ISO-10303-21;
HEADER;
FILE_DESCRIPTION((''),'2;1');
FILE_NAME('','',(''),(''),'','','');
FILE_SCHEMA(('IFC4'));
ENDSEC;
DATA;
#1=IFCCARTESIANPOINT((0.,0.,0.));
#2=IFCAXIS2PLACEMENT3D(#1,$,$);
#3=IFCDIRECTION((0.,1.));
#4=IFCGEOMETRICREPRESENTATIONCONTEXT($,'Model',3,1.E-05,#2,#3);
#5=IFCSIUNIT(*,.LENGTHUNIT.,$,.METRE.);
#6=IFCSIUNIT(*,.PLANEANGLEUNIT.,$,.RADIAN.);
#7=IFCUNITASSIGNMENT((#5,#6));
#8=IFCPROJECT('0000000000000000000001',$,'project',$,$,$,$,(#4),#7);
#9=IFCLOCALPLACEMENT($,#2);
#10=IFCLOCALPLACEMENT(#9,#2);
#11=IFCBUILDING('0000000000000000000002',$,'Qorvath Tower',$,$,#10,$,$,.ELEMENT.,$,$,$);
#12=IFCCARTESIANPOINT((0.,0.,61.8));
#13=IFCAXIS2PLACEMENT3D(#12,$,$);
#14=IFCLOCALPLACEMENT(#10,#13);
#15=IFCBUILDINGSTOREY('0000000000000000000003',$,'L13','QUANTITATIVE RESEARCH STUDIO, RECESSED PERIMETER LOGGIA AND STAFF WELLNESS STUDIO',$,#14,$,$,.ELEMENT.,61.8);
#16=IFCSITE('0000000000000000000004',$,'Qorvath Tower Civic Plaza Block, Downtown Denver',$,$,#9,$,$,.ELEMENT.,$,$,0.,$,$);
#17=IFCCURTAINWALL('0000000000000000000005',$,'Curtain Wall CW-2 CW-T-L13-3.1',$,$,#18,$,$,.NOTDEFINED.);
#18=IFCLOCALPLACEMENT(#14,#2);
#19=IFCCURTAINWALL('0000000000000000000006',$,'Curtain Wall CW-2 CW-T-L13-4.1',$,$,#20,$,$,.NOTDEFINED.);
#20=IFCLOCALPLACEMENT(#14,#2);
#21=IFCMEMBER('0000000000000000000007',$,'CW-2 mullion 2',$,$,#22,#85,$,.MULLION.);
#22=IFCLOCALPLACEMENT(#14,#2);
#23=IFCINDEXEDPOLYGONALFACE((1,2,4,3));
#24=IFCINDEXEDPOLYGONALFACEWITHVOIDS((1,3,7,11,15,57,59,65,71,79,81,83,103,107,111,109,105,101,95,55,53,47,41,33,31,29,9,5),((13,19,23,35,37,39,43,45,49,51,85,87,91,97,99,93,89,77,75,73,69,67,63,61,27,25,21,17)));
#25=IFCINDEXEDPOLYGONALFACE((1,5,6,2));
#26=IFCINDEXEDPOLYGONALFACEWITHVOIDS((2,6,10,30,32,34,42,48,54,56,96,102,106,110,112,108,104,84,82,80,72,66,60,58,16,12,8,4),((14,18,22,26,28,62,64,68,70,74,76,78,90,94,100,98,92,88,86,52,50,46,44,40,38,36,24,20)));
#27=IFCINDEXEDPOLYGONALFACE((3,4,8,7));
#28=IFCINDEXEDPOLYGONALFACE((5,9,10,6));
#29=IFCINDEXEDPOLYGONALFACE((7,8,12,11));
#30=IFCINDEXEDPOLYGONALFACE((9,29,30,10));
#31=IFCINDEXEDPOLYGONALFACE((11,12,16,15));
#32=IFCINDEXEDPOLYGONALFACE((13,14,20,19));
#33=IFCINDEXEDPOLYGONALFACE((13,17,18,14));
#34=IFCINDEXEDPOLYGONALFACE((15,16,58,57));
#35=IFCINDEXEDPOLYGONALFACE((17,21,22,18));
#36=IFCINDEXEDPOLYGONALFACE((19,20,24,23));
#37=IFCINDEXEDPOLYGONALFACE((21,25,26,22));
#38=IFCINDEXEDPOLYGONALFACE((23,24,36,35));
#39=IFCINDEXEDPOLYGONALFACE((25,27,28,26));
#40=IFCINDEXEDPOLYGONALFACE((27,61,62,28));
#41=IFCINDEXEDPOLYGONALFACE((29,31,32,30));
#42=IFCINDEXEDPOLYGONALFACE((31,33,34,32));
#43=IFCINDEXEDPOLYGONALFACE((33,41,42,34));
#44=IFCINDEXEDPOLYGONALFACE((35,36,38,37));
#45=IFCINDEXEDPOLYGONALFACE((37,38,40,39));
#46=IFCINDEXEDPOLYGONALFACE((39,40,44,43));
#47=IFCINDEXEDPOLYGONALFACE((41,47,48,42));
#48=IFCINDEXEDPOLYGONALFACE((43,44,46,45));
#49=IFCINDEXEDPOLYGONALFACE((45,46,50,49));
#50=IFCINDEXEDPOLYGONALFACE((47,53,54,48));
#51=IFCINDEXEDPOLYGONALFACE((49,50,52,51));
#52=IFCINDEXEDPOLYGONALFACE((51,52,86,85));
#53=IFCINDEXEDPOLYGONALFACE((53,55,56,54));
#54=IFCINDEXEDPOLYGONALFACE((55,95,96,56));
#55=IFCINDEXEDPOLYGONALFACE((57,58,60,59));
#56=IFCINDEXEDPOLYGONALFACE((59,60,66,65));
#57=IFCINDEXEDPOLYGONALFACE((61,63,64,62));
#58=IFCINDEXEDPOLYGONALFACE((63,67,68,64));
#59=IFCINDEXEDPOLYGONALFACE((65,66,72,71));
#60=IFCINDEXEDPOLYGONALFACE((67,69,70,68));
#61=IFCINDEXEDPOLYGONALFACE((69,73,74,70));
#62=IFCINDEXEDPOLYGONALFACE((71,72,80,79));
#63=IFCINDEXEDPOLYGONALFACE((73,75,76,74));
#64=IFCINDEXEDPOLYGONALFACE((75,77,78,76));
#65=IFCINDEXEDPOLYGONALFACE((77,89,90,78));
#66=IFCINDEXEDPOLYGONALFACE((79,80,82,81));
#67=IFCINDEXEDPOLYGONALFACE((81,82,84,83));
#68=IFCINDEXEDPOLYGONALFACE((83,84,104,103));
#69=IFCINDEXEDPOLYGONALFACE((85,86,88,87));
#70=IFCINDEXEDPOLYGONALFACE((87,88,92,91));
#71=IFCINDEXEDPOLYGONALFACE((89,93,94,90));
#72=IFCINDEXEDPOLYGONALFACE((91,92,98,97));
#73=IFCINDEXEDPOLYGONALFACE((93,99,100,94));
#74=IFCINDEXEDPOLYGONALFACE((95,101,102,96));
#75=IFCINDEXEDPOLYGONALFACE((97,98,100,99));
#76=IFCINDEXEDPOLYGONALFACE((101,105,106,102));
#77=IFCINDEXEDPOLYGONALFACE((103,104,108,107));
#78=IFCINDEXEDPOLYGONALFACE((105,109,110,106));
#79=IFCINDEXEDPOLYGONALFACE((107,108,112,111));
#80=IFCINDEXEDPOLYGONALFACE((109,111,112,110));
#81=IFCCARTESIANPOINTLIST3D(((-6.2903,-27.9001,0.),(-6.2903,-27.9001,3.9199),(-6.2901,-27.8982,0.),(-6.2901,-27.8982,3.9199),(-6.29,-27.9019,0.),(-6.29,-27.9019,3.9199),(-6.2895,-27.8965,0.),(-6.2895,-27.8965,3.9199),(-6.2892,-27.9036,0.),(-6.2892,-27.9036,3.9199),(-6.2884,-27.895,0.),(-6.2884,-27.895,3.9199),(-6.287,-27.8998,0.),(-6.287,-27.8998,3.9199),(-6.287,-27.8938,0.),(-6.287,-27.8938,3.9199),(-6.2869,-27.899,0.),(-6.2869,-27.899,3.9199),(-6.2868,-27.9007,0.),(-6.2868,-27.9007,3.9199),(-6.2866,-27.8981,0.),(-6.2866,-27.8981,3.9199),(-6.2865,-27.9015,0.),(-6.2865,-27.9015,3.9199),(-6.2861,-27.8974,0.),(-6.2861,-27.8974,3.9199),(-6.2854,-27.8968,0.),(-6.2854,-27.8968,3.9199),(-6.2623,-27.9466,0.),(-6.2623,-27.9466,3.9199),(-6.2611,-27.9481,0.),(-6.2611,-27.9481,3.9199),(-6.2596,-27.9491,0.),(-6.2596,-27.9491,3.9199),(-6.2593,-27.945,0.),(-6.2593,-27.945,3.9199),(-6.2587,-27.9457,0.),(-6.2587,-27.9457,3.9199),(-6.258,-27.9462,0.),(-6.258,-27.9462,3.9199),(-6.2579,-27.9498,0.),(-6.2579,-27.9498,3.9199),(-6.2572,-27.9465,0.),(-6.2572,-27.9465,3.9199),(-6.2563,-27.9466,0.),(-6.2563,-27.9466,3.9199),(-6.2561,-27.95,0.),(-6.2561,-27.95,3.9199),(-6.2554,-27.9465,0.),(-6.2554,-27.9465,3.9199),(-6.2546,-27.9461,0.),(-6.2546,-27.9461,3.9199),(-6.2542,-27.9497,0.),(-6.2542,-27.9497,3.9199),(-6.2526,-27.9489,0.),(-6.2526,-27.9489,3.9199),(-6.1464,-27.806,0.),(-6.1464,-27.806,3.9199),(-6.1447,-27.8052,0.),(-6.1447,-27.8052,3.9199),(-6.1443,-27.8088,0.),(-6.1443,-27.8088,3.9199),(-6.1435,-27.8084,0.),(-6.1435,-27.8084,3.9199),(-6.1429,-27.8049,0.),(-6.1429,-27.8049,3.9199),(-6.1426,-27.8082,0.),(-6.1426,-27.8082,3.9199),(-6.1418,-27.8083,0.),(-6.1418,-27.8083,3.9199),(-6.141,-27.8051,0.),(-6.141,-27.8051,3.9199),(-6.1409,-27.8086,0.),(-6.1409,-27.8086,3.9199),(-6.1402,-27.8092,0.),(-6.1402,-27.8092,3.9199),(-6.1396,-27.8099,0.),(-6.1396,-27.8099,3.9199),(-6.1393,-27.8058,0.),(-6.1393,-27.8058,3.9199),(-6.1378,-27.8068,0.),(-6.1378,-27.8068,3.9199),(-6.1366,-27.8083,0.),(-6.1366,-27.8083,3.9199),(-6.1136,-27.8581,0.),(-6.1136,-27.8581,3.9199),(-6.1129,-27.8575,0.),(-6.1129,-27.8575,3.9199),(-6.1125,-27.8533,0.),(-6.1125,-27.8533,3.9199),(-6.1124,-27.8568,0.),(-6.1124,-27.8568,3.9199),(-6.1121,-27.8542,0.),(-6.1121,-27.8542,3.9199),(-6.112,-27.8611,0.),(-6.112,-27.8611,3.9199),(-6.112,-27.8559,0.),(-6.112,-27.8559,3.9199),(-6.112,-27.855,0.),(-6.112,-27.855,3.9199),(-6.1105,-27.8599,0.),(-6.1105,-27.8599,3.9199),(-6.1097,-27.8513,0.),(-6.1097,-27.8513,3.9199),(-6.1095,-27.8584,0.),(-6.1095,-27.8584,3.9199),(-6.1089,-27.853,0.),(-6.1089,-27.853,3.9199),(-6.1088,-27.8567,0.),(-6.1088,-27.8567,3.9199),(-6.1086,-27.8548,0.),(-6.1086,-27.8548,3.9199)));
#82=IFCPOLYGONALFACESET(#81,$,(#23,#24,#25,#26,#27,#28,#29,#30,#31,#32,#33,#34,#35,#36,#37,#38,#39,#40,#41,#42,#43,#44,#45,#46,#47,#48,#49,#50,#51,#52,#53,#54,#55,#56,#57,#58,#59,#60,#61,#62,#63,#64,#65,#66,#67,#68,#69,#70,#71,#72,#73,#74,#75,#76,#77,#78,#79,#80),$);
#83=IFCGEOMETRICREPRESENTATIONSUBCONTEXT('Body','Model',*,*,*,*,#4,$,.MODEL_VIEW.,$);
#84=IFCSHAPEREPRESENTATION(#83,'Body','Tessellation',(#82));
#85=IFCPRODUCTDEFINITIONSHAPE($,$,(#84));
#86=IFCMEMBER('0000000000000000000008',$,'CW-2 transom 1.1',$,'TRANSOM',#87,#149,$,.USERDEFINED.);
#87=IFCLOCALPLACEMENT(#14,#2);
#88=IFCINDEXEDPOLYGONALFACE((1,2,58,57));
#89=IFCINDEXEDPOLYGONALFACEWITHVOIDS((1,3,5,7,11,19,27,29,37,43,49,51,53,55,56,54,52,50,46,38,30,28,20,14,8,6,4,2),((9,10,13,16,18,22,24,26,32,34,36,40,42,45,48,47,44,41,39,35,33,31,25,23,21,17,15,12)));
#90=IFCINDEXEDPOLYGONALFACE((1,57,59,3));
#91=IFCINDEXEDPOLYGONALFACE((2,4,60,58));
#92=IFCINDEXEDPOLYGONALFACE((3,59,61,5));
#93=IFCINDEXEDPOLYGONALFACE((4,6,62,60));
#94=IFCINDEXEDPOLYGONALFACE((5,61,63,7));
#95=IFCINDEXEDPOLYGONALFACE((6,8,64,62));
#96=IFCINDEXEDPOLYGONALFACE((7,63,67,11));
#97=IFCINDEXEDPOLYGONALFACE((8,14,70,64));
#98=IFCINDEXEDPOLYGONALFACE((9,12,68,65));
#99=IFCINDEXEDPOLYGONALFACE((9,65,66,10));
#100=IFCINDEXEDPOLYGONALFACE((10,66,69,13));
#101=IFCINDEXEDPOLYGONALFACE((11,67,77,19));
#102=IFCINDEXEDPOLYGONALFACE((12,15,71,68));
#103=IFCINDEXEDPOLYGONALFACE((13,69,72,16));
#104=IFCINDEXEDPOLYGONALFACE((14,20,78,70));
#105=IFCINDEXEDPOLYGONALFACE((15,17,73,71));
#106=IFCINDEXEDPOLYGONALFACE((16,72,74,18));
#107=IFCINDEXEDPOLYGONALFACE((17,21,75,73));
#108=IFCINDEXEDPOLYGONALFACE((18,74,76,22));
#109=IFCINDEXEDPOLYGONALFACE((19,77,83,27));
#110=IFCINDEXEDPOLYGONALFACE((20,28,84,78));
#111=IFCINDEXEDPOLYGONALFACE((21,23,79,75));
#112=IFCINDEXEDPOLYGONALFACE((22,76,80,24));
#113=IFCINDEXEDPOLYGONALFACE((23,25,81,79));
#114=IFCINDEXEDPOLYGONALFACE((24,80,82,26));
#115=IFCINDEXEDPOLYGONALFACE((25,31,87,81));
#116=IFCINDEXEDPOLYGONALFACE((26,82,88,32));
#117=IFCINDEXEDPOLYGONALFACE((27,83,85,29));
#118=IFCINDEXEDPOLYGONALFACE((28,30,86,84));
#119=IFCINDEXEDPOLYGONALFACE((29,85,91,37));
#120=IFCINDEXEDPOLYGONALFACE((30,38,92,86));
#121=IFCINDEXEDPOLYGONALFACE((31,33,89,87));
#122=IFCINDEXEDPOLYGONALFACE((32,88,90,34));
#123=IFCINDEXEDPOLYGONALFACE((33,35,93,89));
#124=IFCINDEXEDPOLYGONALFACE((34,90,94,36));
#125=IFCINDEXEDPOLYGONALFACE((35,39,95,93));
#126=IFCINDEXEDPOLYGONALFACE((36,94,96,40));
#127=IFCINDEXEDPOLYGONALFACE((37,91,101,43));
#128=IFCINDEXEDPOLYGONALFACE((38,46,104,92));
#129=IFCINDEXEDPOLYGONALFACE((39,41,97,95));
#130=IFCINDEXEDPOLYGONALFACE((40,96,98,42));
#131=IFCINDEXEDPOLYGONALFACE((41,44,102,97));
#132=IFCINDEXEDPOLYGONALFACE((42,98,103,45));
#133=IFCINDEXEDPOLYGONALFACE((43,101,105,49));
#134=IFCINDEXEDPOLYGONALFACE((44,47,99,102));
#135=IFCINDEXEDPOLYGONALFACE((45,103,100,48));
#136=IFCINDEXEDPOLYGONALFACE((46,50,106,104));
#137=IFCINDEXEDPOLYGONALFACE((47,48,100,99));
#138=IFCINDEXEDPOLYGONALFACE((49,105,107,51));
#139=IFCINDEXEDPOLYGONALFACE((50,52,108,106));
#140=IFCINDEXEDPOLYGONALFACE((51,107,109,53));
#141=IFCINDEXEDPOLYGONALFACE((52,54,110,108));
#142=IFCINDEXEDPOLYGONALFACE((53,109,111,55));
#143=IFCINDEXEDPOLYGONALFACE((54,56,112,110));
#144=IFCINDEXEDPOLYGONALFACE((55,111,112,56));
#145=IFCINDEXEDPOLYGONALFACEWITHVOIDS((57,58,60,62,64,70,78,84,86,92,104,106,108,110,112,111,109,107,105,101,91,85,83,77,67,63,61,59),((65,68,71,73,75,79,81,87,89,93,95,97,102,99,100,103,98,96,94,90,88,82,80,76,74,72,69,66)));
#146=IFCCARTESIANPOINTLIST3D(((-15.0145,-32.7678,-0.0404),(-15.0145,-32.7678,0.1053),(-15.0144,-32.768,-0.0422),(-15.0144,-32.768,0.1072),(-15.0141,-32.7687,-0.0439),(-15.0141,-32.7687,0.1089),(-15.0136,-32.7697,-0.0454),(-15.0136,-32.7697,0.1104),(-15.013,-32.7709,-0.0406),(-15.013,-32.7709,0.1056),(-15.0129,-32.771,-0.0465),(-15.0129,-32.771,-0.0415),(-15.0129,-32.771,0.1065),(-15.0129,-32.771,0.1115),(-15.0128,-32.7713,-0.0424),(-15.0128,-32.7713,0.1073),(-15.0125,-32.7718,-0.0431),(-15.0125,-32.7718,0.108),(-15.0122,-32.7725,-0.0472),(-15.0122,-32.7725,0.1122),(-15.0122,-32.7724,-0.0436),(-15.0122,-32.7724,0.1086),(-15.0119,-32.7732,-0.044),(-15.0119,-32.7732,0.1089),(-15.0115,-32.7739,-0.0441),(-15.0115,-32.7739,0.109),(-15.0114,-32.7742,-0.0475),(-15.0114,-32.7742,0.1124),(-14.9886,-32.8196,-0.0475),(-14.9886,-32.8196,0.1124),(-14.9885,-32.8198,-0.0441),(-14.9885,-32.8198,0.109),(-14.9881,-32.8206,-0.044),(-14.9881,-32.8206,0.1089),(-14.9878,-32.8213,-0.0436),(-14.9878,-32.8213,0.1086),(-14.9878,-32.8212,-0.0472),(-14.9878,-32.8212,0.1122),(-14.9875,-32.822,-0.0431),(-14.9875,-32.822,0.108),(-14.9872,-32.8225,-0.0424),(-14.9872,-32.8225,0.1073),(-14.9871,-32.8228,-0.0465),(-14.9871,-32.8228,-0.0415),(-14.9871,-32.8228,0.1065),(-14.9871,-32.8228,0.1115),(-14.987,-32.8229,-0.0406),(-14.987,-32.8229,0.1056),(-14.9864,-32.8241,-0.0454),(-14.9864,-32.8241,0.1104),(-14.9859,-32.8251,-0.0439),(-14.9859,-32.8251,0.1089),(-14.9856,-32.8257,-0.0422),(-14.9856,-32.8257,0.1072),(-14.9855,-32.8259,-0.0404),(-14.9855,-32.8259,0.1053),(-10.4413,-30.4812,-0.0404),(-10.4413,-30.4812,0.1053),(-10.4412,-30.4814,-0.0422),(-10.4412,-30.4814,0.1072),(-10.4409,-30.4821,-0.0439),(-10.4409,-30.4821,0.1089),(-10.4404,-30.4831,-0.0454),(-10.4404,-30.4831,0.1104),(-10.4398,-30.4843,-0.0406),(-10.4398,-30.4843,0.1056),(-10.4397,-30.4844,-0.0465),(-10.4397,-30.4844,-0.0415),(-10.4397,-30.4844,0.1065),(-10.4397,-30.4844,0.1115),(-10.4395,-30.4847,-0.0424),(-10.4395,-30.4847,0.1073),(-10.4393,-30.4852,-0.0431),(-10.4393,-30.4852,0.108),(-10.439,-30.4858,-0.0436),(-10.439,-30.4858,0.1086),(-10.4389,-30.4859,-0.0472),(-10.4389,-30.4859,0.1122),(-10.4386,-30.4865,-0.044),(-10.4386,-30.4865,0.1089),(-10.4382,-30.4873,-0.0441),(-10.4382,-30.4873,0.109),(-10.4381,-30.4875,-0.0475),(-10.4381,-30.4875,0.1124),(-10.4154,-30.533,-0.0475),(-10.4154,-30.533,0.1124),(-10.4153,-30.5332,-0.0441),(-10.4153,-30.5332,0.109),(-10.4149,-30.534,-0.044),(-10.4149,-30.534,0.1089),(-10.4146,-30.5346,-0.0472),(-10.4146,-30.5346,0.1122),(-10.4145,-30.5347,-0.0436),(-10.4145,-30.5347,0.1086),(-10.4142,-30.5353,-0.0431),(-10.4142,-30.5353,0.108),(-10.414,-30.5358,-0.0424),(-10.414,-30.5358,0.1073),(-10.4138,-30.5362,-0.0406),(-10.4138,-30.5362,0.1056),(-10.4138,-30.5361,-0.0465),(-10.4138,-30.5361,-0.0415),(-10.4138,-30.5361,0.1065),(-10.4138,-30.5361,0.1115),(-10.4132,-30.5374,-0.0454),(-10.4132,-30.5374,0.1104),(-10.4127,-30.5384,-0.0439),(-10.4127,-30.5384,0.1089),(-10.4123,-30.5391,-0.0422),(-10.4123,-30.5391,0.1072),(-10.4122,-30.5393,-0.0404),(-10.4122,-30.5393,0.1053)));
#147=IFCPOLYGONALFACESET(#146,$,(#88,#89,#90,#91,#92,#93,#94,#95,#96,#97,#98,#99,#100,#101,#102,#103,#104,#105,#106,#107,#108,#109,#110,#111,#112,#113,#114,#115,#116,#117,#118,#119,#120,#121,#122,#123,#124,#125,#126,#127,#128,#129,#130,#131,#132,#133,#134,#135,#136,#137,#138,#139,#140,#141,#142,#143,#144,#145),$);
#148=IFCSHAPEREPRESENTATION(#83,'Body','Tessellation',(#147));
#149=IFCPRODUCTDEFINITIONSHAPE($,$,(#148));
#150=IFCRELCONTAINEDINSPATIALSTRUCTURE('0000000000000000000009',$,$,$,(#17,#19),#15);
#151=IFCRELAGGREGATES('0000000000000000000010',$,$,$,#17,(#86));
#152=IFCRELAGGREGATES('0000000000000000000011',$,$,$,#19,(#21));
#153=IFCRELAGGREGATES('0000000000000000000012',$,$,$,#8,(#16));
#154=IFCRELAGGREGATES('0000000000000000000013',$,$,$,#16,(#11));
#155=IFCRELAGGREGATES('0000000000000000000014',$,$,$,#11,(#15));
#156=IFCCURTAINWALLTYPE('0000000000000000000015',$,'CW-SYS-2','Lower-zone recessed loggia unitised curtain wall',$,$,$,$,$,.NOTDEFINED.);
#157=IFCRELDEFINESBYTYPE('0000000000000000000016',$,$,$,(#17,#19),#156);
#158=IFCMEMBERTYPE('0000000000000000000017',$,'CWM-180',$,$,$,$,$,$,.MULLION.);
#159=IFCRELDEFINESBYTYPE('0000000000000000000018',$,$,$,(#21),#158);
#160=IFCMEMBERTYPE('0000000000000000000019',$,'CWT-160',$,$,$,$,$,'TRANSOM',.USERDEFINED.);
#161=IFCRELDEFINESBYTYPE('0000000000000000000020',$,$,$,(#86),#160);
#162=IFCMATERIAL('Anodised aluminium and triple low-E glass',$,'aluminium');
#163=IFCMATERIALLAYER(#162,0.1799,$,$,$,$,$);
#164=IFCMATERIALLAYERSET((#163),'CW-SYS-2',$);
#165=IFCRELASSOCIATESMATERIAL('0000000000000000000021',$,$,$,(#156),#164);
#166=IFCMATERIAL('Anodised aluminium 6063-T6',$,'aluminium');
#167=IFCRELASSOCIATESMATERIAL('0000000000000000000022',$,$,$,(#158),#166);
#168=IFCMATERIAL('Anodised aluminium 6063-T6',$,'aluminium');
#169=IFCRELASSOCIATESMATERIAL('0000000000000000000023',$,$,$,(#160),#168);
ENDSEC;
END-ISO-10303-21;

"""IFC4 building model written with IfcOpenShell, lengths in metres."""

from ifc_helpers import new_model, si_unit, direction, frame, origin, origin_2d, place, context, subcontext, project, spatial, hollow_rectangle, extrude, material, layer, layer_set, material_profile, profile_set, type_object, element, aggregate, save


model = new_model("IFC4")

# Units and contexts
model_context = context("Model", 3, precision=1e-05, world=origin(), true_north=direction((0.0, 1.0)))
body_context = subcontext(model_context, "Body", "Model", "MODEL_VIEW")
ifc_project = project(units=[si_unit("LENGTHUNIT", "METRE"), si_unit("PLANEANGLEUNIT", "RADIAN")], contexts=[model_context])

# Site, building, storey
site_placement = place(None, origin())
site = spatial("IfcSite", under=ifc_project, at=site_placement, Name="Qorvath Tower Civic Plaza Block, Downtown Denver", CompositionType="ELEMENT", RefElevation=0.0)
building_placement = place(site_placement, origin())
building = spatial("IfcBuilding", under=site, at=building_placement, Name="Qorvath Tower", CompositionType="ELEMENT")
storey_placement = place(building_placement, frame((0.0, 0.0, 61.8)))
storey = spatial("IfcBuildingStorey", under=building, at=storey_placement, Name="L13", Description="QUANTITATIVE RESEARCH STUDIO, RECESSED PERIMETER LOGGIA AND STAFF WELLNESS STUDIO", CompositionType="ELEMENT", Elevation=61.8)

# Shared definitions
ifc_material_1 = material(Name="Anodised aluminium and triple low-E glass", Category="aluminium")
ifc_layer_1 = layer(ifc_material_1, 0.1799)
ifc_layer_set_1 = layer_set([ifc_layer_1], Name="CW-SYS-2")
curtain_wall_type = type_object("IfcCurtainWallType", Name="CW-SYS-2", Description="Lower-zone recessed loggia unitised curtain wall", PredefinedType="NOTDEFINED", material=ifc_layer_set_1)
ifc_material_2 = material(Name="Anodised aluminium 6063-T6", Category="aluminium")
ifc_material_profile_1 = material_profile(ifc_material_2, hollow_rectangle(XDim=0.0649, YDim=0.1799, WallThickness=0.0034, InnerFilletRadius=0.0034, OuterFilletRadius=0.0071, at=origin_2d()), Name="CWM 180x65")
ifc_profile_set_1 = profile_set([ifc_material_profile_1], Name="Anodised aluminium 6063-T6")
member_type_1 = type_object("IfcMemberType", Name="CWM-180", PredefinedType="MULLION", material=ifc_profile_set_1)

# Curtain walls, member
curtain_wall_1_placement = place(storey_placement, origin())
curtain_wall_1 = element("IfcCurtainWall", 1, at=curtain_wall_1_placement, inside=storey, type_object=curtain_wall_type, Name="Curtain Wall CW-2 CW-T-L13-3.1", PredefinedType="NOTDEFINED")
curtain_wall_2_placement = place(storey_placement, origin())
curtain_wall_2 = element("IfcCurtainWall", 2, at=curtain_wall_2_placement, inside=storey, type_object=curtain_wall_type, Name="Curtain Wall CW-2 CW-T-L13-4.1", PredefinedType="NOTDEFINED")
member_1_placement = place(storey_placement, frame((-6.1995, -27.8774, 0.0), z_axis=(0.0, 0.0, 1.0), x_axis=(-0.529692, 0.84819, 0.0)))
member_1 = element("IfcMember", 3, at=member_1_placement, type_object=member_type_1, Name="CW-2 mullion 2", PredefinedType="MULLION", context=body_context, shape_type="SweptSolid", body=[
    extrude(hollow_rectangle(XDim=0.0649, YDim=0.1799, WallThickness=0.0034, InnerFilletRadius=0.0034, OuterFilletRadius=0.0071, at=origin_2d()), origin(), (0.0, 0.0, 1.0), 3.9199),
])

# Member
ifc_material_3 = material(Name="Anodised aluminium 6063-T6", Category="aluminium")
ifc_material_profile_2 = material_profile(ifc_material_3, hollow_rectangle(XDim=0.0649, YDim=0.1599, WallThickness=0.0034, InnerFilletRadius=0.0034, OuterFilletRadius=0.0071, at=origin_2d()), Name="CWT 160x65")
ifc_profile_set_2 = profile_set([ifc_material_profile_2], Name="Anodised aluminium 6063-T6")
member_type_2 = type_object("IfcMemberType", Name="CWT-160", ElementType="TRANSOM", PredefinedType="USERDEFINED", material=ifc_profile_set_2)
member_2_placement = place(storey_placement, frame((-15.0, -32.7969, 0.0325), z_axis=(0.894427, 0.447214, 0.0), x_axis=(-0.447214, 0.894427, 0.0)))
member_2 = element("IfcMember", 4, at=member_2_placement, type_object=member_type_2, Name="CW-2 transom 1.1", ObjectType="TRANSOM", PredefinedType="USERDEFINED", context=body_context, shape_type="SweptSolid", body=[
    extrude(hollow_rectangle(XDim=0.0649, YDim=0.1599, WallThickness=0.0034, InnerFilletRadius=0.0034, OuterFilletRadius=0.0071, at=origin_2d()), origin(), (0.0, 0.0, 1.0), 5.113),
])

aggregate(curtain_wall_1, [member_2])
aggregate(curtain_wall_2, [member_1])

save(model, "model.ifc")
